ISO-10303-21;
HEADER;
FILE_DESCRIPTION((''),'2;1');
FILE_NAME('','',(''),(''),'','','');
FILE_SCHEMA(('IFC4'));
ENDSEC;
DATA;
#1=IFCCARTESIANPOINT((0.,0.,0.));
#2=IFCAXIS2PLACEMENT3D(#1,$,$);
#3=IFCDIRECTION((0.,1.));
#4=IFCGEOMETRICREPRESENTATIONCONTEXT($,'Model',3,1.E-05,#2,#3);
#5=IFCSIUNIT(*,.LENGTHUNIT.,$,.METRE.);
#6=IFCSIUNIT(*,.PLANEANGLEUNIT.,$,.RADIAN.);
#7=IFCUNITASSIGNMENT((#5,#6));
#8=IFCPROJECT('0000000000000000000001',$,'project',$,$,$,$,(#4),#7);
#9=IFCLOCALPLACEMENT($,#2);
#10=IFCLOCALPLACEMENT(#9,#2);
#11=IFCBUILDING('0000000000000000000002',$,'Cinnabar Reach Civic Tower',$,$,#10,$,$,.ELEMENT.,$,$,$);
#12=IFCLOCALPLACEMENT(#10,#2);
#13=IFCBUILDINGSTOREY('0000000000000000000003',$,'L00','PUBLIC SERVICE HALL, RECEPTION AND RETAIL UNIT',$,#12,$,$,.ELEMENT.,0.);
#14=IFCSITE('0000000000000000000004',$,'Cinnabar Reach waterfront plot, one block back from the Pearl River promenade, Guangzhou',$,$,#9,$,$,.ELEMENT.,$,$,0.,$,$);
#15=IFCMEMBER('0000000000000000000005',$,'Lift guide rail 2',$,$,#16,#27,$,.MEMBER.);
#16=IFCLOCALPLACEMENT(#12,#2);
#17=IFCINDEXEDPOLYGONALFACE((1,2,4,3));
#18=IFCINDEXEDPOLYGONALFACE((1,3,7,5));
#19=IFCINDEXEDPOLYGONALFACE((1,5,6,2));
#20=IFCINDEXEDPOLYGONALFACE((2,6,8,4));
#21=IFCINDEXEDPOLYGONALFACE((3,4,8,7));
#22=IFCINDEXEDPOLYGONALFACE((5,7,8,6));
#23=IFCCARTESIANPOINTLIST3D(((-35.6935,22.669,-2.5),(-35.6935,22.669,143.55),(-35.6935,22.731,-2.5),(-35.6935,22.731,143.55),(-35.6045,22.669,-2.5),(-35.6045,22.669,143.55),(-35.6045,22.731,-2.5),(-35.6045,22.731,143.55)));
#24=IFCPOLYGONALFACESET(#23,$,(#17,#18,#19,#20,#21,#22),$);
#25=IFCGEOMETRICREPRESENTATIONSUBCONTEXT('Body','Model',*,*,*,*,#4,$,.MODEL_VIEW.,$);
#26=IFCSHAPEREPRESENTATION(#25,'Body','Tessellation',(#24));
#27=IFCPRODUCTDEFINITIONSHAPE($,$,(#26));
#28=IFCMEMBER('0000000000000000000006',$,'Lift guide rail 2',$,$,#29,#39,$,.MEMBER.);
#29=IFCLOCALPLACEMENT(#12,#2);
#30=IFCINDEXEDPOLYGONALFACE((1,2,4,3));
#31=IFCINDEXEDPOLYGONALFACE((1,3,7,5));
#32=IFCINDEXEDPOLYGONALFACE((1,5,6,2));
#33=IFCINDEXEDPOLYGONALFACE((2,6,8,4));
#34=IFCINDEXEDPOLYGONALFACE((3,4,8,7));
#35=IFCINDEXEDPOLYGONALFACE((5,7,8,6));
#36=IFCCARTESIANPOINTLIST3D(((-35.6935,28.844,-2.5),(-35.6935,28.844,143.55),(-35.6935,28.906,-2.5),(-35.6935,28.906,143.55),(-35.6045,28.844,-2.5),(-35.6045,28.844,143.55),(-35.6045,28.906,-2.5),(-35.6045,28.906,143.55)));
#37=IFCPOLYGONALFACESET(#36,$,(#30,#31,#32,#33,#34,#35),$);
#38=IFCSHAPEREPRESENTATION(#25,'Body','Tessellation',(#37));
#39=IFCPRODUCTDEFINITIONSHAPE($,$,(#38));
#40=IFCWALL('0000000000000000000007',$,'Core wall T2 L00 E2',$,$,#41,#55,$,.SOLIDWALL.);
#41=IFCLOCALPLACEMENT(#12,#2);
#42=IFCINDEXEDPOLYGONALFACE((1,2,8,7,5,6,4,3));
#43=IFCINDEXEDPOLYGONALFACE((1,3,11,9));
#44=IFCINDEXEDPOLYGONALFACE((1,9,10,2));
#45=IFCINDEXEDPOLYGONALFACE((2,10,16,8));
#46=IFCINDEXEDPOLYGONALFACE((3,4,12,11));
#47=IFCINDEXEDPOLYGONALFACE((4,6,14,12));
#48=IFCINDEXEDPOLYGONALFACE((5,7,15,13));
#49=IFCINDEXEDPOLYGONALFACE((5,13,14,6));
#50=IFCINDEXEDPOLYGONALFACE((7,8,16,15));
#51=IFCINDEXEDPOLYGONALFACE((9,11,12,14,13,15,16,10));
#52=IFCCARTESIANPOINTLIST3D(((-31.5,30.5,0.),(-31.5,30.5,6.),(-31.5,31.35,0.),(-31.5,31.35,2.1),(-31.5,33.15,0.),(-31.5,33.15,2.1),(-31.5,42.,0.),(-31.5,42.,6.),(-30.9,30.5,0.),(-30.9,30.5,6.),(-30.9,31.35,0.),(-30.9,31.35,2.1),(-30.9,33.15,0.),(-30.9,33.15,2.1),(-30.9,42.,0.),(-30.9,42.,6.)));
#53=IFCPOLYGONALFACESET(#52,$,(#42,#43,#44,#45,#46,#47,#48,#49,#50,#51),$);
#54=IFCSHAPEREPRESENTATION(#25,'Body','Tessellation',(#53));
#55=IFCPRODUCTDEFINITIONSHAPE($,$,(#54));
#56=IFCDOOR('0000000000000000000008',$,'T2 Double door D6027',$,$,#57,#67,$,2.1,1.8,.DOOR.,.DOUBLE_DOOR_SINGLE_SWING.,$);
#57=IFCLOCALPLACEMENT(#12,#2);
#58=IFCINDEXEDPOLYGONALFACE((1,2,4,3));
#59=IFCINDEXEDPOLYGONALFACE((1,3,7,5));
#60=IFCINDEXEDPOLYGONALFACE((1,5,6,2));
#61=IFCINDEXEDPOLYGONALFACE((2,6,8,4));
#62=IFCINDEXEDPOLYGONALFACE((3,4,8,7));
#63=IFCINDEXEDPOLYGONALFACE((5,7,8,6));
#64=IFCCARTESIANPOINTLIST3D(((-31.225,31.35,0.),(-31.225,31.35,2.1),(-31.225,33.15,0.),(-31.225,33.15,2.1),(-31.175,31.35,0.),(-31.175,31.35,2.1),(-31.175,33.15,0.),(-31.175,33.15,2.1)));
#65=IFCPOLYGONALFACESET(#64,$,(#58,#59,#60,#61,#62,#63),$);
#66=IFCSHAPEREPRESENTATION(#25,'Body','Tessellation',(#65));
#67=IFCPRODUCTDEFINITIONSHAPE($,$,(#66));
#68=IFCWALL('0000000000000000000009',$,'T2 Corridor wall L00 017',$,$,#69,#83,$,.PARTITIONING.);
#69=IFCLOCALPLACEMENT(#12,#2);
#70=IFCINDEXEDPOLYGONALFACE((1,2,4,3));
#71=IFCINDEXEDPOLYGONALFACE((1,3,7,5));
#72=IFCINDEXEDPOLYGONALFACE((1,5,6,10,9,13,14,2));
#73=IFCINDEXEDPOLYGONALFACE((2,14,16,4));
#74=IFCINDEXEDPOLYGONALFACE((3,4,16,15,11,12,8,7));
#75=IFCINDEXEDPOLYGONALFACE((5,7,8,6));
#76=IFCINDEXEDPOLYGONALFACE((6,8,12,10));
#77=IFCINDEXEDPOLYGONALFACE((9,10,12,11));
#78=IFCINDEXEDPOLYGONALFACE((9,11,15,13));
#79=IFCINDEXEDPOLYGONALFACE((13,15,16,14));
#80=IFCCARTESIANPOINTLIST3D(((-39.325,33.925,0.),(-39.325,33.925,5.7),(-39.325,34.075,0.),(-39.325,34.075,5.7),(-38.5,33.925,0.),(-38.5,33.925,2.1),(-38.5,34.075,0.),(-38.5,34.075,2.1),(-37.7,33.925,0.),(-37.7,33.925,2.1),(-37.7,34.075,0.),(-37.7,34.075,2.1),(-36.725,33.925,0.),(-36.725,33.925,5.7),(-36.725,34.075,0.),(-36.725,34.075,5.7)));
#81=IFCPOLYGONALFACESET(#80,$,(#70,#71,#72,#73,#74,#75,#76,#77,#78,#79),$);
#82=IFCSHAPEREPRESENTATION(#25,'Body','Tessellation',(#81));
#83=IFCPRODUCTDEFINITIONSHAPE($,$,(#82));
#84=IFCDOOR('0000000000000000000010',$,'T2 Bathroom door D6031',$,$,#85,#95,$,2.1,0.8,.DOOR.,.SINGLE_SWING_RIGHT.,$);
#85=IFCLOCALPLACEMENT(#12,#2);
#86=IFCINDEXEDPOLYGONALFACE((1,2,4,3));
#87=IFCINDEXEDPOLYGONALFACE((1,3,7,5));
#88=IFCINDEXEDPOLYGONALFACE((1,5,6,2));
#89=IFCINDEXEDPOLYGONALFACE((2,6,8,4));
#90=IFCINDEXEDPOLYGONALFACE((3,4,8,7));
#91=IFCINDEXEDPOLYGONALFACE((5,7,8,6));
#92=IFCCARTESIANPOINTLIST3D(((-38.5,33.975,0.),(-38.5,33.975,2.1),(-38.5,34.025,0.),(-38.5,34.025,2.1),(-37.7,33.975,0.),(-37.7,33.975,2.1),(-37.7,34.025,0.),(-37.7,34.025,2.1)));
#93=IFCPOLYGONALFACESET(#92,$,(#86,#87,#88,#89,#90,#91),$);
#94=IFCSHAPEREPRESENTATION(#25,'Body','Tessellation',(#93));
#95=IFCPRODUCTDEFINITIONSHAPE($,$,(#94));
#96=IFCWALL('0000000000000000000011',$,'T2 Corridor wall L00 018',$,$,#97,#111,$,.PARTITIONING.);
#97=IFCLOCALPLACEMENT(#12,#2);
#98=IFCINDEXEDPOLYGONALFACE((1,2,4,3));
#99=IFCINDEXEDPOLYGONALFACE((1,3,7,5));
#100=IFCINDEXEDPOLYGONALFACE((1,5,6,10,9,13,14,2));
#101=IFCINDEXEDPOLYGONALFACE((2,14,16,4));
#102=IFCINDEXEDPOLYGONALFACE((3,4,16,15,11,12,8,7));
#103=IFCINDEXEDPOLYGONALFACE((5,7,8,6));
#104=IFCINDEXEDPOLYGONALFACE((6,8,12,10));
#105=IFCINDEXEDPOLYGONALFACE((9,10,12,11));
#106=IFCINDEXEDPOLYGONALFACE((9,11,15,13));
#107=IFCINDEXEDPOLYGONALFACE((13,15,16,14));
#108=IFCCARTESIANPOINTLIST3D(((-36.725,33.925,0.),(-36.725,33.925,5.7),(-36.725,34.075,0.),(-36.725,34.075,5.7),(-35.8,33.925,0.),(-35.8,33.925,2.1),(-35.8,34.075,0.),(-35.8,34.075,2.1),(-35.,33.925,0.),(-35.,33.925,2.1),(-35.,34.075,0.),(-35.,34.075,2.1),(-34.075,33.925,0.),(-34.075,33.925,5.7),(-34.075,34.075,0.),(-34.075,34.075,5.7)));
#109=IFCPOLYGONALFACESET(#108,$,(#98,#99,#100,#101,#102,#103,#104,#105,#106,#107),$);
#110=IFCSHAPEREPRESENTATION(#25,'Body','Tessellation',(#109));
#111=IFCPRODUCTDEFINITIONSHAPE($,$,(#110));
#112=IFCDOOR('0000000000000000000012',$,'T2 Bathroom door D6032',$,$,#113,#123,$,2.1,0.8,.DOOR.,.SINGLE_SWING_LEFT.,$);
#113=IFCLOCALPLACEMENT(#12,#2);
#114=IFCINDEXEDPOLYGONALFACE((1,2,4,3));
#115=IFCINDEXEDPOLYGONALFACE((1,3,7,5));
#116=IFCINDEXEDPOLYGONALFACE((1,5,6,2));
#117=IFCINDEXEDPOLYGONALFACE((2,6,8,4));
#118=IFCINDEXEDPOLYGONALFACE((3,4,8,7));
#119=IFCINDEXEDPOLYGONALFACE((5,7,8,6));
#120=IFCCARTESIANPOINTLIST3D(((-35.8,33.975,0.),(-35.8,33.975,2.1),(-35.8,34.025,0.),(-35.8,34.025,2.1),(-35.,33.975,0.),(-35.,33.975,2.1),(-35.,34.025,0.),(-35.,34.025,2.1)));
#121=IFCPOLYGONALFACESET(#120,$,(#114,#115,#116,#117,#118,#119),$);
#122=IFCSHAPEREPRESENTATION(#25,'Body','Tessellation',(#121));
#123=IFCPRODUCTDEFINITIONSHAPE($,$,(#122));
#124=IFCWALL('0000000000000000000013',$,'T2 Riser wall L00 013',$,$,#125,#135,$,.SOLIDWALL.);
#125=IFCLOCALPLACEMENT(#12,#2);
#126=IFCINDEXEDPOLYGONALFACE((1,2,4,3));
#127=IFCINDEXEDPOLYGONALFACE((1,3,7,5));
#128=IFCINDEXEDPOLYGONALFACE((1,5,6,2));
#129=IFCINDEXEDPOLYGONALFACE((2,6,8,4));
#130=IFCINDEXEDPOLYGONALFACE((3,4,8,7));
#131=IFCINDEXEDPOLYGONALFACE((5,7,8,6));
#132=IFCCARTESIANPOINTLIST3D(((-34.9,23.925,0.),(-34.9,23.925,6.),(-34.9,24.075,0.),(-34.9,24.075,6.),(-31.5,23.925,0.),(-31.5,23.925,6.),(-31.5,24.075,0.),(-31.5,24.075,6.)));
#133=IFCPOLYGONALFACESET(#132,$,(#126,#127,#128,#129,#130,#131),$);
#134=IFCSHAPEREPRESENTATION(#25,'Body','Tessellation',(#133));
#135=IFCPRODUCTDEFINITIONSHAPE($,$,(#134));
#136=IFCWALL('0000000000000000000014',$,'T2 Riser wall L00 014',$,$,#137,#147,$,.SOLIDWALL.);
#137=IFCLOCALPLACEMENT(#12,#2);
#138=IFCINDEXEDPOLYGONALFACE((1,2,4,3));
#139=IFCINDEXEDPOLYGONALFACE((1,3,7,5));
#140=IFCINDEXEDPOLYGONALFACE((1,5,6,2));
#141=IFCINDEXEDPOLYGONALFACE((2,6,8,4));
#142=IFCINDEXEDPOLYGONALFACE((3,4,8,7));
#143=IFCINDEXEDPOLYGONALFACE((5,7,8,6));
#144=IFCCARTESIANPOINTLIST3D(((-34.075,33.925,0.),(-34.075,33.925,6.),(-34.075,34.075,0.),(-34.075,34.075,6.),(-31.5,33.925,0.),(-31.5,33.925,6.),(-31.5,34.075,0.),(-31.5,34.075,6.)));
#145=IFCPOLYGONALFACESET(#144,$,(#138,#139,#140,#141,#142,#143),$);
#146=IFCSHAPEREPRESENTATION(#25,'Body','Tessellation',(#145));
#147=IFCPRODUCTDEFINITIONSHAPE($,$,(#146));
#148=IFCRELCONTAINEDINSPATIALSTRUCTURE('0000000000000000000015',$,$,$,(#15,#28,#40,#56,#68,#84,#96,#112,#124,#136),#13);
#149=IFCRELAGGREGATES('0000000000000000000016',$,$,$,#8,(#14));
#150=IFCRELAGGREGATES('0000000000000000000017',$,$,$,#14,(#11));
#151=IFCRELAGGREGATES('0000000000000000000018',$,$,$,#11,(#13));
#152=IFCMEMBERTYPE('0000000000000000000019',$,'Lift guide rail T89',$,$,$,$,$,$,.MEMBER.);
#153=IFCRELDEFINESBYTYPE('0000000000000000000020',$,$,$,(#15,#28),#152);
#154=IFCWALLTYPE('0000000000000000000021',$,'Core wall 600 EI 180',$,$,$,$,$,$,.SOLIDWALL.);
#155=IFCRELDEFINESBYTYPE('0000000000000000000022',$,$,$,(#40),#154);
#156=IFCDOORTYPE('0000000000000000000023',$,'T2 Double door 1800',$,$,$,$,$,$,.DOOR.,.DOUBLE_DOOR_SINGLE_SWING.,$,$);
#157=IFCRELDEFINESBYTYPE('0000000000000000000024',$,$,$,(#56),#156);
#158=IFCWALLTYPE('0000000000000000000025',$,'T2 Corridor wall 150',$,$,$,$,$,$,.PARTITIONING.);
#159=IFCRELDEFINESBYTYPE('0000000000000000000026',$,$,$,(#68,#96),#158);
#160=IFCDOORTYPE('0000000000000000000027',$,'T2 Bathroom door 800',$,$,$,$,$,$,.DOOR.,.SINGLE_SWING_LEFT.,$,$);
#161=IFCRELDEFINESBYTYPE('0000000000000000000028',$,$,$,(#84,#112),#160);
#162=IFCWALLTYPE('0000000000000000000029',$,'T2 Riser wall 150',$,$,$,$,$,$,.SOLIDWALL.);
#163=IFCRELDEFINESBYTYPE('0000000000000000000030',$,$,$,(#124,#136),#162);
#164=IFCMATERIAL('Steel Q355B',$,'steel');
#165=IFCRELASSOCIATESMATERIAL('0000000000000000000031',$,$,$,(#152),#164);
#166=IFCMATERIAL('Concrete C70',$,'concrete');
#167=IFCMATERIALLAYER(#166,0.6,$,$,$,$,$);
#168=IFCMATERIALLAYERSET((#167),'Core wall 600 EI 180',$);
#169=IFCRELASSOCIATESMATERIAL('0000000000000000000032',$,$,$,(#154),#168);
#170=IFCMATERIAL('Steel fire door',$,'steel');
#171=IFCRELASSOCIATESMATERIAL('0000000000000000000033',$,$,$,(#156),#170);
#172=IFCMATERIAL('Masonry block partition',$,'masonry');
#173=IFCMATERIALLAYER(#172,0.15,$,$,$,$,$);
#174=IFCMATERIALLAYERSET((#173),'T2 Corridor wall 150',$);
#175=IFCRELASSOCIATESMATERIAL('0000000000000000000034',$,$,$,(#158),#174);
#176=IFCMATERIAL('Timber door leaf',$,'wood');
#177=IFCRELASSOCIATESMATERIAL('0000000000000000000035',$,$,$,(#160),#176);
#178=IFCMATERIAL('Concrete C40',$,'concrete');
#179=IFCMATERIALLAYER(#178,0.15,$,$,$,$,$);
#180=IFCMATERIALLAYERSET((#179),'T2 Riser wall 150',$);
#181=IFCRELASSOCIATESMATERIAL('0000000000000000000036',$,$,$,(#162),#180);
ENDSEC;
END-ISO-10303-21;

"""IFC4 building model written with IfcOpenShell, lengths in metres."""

from ifc_helpers import new_model, si_unit, direction, frame, frame_2d, origin, origin_2d, place, context, subcontext, project, spatial, rectangle, extrude, material, layer, layer_set, material_profile, profile_set, type_object, element, fill, save


model = new_model("IFC4")

# Units and contexts
model_context = context("Model", 3, precision=1e-05, world=origin(), true_north=direction((0.0, 1.0)))
body_context = subcontext(model_context, "Body", "Model", "MODEL_VIEW")
ifc_project = project(units=[si_unit("LENGTHUNIT", "METRE"), si_unit("PLANEANGLEUNIT", "RADIAN")], contexts=[model_context])

# Site, building, storey
site_placement = place(None, origin())
site = spatial("IfcSite", under=ifc_project, at=site_placement, Name="Cinnabar Reach waterfront plot, one block back from the Pearl River promenade, Guangzhou", CompositionType="ELEMENT", RefElevation=0.0)
building_placement = place(site_placement, origin())
building = spatial("IfcBuilding", under=site, at=building_placement, Name="Cinnabar Reach Civic Tower", CompositionType="ELEMENT")
storey_placement = place(building_placement, origin())
storey = spatial("IfcBuildingStorey", under=building, at=storey_placement, Name="L00", Description="PUBLIC SERVICE HALL, RECEPTION AND RETAIL UNIT", CompositionType="ELEMENT", Elevation=0.0)

# Members
ifc_material_1 = material(Name="Steel Q355B", Category="steel")
ifc_material_profile = material_profile(ifc_material_1, rectangle(XDim=0.089, YDim=0.062, at=origin_2d()), Name="T89")
ifc_profile_set = profile_set([ifc_material_profile], Name="Steel Q355B")
member_type = type_object("IfcMemberType", Name="Lift guide rail T89", PredefinedType="MEMBER", material=ifc_profile_set)
for number, where, z_axis, x_axis, name in (
    (1, (-35.649, 22.7, -2.5), (0.0, 0.0, 1.0), (1.0, 0.0, 0.0), "Lift guide rail 2"),
    (2, (-35.649, 28.875, -2.5), (0.0, 0.0, 1.0), (1.0, 0.0, 0.0), "Lift guide rail 2"),
):
    element("IfcMember", number, at=place(storey_placement, frame(where, z_axis=z_axis, x_axis=x_axis)), inside=storey, type_object=member_type, Name=name, PredefinedType="MEMBER", context=body_context, shape_type="SweptSolid", body=[
        extrude(rectangle(XDim=0.089, YDim=0.062, at=origin_2d()), origin(), (0.0, 0.0, 1.0), 146.05),
    ])

# Walls, openings, doors
ifc_material_2 = material(Name="Concrete C70", Category="concrete")
ifc_layer_1 = layer(ifc_material_2, 0.6)
ifc_layer_set_1 = layer_set([ifc_layer_1], Name="Core wall 600 EI 180")
wall_type_1 = type_object("IfcWallType", Name="Core wall 600 EI 180", PredefinedType="SOLIDWALL", material=ifc_layer_set_1)
wall_1_placement = place(storey_placement, frame((-31.2, 30.5, 0.0), z_axis=(0.0, 0.0, 1.0), x_axis=(0.0, 1.0, 0.0)))
wall_1 = element("IfcWall", 3, at=wall_1_placement, inside=storey, type_object=wall_type_1, Name="Core wall T2 L00 E2", PredefinedType="SOLIDWALL", context=body_context, shape_type="SweptSolid", body=[
    extrude(rectangle(XDim=11.5, YDim=0.6, at=frame_2d((5.75, 0.0))), origin(), (0.0, 0.0, 1.0), 6.0),
])
opening_1_placement = place(wall_1_placement, frame((0.85, 0.0, 0.0)))
opening_1 = element("IfcOpeningElement", 4, at=opening_1_placement, cuts=wall_1, PredefinedType="OPENING", context=body_context, shape_type="SweptSolid", body=[
    extrude(rectangle(XDim=1.8, YDim=2.1, at=frame_2d((0.9, 1.05))), frame((0.0, 0.31, 0.0), z_axis=(0.0, -1.0, 0.0), x_axis=(1.0, 0.0, 0.0)), (0.0, 0.0, 1.0), 0.62),
])
ifc_material_3 = material(Name="Steel fire door", Category="steel")
door_type_1 = type_object("IfcDoorType", Name="T2 Double door 1800", OperationType="DOUBLE_DOOR_SINGLE_SWING", PredefinedType="DOOR", material=ifc_material_3)
door_1_placement = place(opening_1_placement, origin())
door_1 = element("IfcDoor", 5, at=door_1_placement, inside=storey, type_object=door_type_1, Name="T2 Double door D6027", OperationType="DOUBLE_DOOR_SINGLE_SWING", OverallHeight=2.1, OverallWidth=1.8, PredefinedType="DOOR", context=body_context, shape_type="SweptSolid", body=[
    extrude(rectangle(XDim=1.8, YDim=2.1, at=frame_2d((0.9, 1.05))), frame((0.0, 0.025, 0.0), z_axis=(0.0, -1.0, 0.0), x_axis=(1.0, 0.0, 0.0)), (0.0, 0.0, 1.0), 0.05),
])
fill(opening_1, door_1)
ifc_material_4 = material(Name="Masonry block partition", Category="masonry")
ifc_layer_2 = layer(ifc_material_4, 0.15)
ifc_layer_set_2 = layer_set([ifc_layer_2], Name="T2 Corridor wall 150")
wall_type_2 = type_object("IfcWallType", Name="T2 Corridor wall 150", PredefinedType="PARTITIONING", material=ifc_layer_set_2)
wall_2_placement = place(storey_placement, frame((-36.725, 34.0, 0.0), z_axis=(0.0, 0.0, 1.0), x_axis=(-1.0, 0.0, 0.0)))
wall_2 = element("IfcWall", 6, at=wall_2_placement, inside=storey, type_object=wall_type_2, Name="T2 Corridor wall L00 017", PredefinedType="PARTITIONING", context=body_context, shape_type="SweptSolid", body=[
    extrude(rectangle(XDim=2.6, YDim=0.15, at=frame_2d((1.3, 0.0))), origin(), (0.0, 0.0, 1.0), 5.7),
])
opening_2_placement = place(wall_2_placement, frame((0.975, 0.0, 0.0)))
opening_2 = element("IfcOpeningElement", 7, at=opening_2_placement, cuts=wall_2, PredefinedType="OPENING", context=body_context, shape_type="SweptSolid", body=[
    extrude(rectangle(XDim=0.8, YDim=2.1, at=frame_2d((0.4, 1.05))), frame((0.0, 0.085, 0.0), z_axis=(0.0, -1.0, 0.0), x_axis=(1.0, 0.0, 0.0)), (0.0, 0.0, 1.0), 0.17),
])
ifc_material_5 = material(Name="Timber door leaf", Category="wood")
door_type_2 = type_object("IfcDoorType", Name="T2 Bathroom door 800", OperationType="SINGLE_SWING_LEFT", PredefinedType="DOOR", material=ifc_material_5)
door_2_placement = place(opening_2_placement, frame((0.8, 0.0, 0.0), z_axis=(0.0, 0.0, 1.0), x_axis=(-1.0, 0.0, 0.0)))
door_2 = element("IfcDoor", 8, at=door_2_placement, inside=storey, type_object=door_type_2, Name="T2 Bathroom door D6031", OperationType="SINGLE_SWING_RIGHT", OverallHeight=2.1, OverallWidth=0.8, PredefinedType="DOOR", context=body_context, shape_type="SweptSolid", body=[
    extrude(rectangle(XDim=0.8, YDim=2.1, at=frame_2d((0.4, 1.05))), frame((0.0, 0.025, 0.0), z_axis=(0.0, -1.0, 0.0), x_axis=(1.0, 0.0, 0.0)), (0.0, 0.0, 1.0), 0.05),
])
fill(opening_2, door_2)
wall_3_placement = place(storey_placement, frame((-34.075, 34.0, 0.0), z_axis=(0.0, 0.0, 1.0), x_axis=(-1.0, 0.0, 0.0)))
wall_3 = element("IfcWall", 9, at=wall_3_placement, inside=storey, type_object=wall_type_2, Name="T2 Corridor wall L00 018", PredefinedType="PARTITIONING", context=body_context, shape_type="SweptSolid", body=[
    extrude(rectangle(XDim=2.65, YDim=0.15, at=frame_2d((1.325, 0.0))), origin(), (0.0, 0.0, 1.0), 5.7),
])
opening_3_placement = place(wall_3_placement, frame((0.925, 0.0, 0.0)))
opening_3 = element("IfcOpeningElement", 10, at=opening_3_placement, cuts=wall_3, PredefinedType="OPENING", context=body_context, shape_type="SweptSolid", body=[
    extrude(rectangle(XDim=0.8, YDim=2.1, at=frame_2d((0.4, 1.05))), frame((0.0, 0.085, 0.0), z_axis=(0.0, -1.0, 0.0), x_axis=(1.0, 0.0, 0.0)), (0.0, 0.0, 1.0), 0.17),
])
door_3_placement = place(opening_3_placement, frame((0.8, 0.0, 0.0), z_axis=(0.0, 0.0, 1.0), x_axis=(-1.0, 0.0, 0.0)))
door_3 = element("IfcDoor", 11, at=door_3_placement, inside=storey, type_object=door_type_2, Name="T2 Bathroom door D6032", OperationType="SINGLE_SWING_LEFT", OverallHeight=2.1, OverallWidth=0.8, PredefinedType="DOOR", context=body_context, shape_type="SweptSolid", body=[
    extrude(rectangle(XDim=0.8, YDim=2.1, at=frame_2d((0.4, 1.05))), frame((0.0, 0.025, 0.0), z_axis=(0.0, -1.0, 0.0), x_axis=(1.0, 0.0, 0.0)), (0.0, 0.0, 1.0), 0.05),
])
fill(opening_3, door_3)

# Walls
ifc_material_6 = material(Name="Concrete C40", Category="concrete")
ifc_layer_3 = layer(ifc_material_6, 0.15)
ifc_layer_set_3 = layer_set([ifc_layer_3], Name="T2 Riser wall 150")
wall_type_3 = type_object("IfcWallType", Name="T2 Riser wall 150", PredefinedType="SOLIDWALL", material=ifc_layer_set_3)
wall_4_placement = place(storey_placement, frame((-31.5, 24.0, 0.0), z_axis=(0.0, 0.0, 1.0), x_axis=(-1.0, 0.0, 0.0)))
element("IfcWall", 12, at=wall_4_placement, inside=storey, type_object=wall_type_3, Name="T2 Riser wall L00 013", PredefinedType="SOLIDWALL", context=body_context, shape_type="SweptSolid", body=[
    extrude(rectangle(XDim=3.4, YDim=0.15, at=frame_2d((1.7, 0.0))), origin(), (0.0, 0.0, 1.0), 6.0),
])
wall_5_placement = place(storey_placement, frame((-34.075, 34.0, 0.0), z_axis=(0.0, 0.0, 1.0), x_axis=(1.0, 0.0, 0.0)))
element("IfcWall", 13, at=wall_5_placement, inside=storey, type_object=wall_type_3, Name="T2 Riser wall L00 014", PredefinedType="SOLIDWALL", context=body_context, shape_type="SweptSolid", body=[
    extrude(rectangle(XDim=2.575, YDim=0.15, at=frame_2d((1.2875, 0.0))), origin(), (0.0, 0.0, 1.0), 6.0),
])

save(model, "model.ifc")
